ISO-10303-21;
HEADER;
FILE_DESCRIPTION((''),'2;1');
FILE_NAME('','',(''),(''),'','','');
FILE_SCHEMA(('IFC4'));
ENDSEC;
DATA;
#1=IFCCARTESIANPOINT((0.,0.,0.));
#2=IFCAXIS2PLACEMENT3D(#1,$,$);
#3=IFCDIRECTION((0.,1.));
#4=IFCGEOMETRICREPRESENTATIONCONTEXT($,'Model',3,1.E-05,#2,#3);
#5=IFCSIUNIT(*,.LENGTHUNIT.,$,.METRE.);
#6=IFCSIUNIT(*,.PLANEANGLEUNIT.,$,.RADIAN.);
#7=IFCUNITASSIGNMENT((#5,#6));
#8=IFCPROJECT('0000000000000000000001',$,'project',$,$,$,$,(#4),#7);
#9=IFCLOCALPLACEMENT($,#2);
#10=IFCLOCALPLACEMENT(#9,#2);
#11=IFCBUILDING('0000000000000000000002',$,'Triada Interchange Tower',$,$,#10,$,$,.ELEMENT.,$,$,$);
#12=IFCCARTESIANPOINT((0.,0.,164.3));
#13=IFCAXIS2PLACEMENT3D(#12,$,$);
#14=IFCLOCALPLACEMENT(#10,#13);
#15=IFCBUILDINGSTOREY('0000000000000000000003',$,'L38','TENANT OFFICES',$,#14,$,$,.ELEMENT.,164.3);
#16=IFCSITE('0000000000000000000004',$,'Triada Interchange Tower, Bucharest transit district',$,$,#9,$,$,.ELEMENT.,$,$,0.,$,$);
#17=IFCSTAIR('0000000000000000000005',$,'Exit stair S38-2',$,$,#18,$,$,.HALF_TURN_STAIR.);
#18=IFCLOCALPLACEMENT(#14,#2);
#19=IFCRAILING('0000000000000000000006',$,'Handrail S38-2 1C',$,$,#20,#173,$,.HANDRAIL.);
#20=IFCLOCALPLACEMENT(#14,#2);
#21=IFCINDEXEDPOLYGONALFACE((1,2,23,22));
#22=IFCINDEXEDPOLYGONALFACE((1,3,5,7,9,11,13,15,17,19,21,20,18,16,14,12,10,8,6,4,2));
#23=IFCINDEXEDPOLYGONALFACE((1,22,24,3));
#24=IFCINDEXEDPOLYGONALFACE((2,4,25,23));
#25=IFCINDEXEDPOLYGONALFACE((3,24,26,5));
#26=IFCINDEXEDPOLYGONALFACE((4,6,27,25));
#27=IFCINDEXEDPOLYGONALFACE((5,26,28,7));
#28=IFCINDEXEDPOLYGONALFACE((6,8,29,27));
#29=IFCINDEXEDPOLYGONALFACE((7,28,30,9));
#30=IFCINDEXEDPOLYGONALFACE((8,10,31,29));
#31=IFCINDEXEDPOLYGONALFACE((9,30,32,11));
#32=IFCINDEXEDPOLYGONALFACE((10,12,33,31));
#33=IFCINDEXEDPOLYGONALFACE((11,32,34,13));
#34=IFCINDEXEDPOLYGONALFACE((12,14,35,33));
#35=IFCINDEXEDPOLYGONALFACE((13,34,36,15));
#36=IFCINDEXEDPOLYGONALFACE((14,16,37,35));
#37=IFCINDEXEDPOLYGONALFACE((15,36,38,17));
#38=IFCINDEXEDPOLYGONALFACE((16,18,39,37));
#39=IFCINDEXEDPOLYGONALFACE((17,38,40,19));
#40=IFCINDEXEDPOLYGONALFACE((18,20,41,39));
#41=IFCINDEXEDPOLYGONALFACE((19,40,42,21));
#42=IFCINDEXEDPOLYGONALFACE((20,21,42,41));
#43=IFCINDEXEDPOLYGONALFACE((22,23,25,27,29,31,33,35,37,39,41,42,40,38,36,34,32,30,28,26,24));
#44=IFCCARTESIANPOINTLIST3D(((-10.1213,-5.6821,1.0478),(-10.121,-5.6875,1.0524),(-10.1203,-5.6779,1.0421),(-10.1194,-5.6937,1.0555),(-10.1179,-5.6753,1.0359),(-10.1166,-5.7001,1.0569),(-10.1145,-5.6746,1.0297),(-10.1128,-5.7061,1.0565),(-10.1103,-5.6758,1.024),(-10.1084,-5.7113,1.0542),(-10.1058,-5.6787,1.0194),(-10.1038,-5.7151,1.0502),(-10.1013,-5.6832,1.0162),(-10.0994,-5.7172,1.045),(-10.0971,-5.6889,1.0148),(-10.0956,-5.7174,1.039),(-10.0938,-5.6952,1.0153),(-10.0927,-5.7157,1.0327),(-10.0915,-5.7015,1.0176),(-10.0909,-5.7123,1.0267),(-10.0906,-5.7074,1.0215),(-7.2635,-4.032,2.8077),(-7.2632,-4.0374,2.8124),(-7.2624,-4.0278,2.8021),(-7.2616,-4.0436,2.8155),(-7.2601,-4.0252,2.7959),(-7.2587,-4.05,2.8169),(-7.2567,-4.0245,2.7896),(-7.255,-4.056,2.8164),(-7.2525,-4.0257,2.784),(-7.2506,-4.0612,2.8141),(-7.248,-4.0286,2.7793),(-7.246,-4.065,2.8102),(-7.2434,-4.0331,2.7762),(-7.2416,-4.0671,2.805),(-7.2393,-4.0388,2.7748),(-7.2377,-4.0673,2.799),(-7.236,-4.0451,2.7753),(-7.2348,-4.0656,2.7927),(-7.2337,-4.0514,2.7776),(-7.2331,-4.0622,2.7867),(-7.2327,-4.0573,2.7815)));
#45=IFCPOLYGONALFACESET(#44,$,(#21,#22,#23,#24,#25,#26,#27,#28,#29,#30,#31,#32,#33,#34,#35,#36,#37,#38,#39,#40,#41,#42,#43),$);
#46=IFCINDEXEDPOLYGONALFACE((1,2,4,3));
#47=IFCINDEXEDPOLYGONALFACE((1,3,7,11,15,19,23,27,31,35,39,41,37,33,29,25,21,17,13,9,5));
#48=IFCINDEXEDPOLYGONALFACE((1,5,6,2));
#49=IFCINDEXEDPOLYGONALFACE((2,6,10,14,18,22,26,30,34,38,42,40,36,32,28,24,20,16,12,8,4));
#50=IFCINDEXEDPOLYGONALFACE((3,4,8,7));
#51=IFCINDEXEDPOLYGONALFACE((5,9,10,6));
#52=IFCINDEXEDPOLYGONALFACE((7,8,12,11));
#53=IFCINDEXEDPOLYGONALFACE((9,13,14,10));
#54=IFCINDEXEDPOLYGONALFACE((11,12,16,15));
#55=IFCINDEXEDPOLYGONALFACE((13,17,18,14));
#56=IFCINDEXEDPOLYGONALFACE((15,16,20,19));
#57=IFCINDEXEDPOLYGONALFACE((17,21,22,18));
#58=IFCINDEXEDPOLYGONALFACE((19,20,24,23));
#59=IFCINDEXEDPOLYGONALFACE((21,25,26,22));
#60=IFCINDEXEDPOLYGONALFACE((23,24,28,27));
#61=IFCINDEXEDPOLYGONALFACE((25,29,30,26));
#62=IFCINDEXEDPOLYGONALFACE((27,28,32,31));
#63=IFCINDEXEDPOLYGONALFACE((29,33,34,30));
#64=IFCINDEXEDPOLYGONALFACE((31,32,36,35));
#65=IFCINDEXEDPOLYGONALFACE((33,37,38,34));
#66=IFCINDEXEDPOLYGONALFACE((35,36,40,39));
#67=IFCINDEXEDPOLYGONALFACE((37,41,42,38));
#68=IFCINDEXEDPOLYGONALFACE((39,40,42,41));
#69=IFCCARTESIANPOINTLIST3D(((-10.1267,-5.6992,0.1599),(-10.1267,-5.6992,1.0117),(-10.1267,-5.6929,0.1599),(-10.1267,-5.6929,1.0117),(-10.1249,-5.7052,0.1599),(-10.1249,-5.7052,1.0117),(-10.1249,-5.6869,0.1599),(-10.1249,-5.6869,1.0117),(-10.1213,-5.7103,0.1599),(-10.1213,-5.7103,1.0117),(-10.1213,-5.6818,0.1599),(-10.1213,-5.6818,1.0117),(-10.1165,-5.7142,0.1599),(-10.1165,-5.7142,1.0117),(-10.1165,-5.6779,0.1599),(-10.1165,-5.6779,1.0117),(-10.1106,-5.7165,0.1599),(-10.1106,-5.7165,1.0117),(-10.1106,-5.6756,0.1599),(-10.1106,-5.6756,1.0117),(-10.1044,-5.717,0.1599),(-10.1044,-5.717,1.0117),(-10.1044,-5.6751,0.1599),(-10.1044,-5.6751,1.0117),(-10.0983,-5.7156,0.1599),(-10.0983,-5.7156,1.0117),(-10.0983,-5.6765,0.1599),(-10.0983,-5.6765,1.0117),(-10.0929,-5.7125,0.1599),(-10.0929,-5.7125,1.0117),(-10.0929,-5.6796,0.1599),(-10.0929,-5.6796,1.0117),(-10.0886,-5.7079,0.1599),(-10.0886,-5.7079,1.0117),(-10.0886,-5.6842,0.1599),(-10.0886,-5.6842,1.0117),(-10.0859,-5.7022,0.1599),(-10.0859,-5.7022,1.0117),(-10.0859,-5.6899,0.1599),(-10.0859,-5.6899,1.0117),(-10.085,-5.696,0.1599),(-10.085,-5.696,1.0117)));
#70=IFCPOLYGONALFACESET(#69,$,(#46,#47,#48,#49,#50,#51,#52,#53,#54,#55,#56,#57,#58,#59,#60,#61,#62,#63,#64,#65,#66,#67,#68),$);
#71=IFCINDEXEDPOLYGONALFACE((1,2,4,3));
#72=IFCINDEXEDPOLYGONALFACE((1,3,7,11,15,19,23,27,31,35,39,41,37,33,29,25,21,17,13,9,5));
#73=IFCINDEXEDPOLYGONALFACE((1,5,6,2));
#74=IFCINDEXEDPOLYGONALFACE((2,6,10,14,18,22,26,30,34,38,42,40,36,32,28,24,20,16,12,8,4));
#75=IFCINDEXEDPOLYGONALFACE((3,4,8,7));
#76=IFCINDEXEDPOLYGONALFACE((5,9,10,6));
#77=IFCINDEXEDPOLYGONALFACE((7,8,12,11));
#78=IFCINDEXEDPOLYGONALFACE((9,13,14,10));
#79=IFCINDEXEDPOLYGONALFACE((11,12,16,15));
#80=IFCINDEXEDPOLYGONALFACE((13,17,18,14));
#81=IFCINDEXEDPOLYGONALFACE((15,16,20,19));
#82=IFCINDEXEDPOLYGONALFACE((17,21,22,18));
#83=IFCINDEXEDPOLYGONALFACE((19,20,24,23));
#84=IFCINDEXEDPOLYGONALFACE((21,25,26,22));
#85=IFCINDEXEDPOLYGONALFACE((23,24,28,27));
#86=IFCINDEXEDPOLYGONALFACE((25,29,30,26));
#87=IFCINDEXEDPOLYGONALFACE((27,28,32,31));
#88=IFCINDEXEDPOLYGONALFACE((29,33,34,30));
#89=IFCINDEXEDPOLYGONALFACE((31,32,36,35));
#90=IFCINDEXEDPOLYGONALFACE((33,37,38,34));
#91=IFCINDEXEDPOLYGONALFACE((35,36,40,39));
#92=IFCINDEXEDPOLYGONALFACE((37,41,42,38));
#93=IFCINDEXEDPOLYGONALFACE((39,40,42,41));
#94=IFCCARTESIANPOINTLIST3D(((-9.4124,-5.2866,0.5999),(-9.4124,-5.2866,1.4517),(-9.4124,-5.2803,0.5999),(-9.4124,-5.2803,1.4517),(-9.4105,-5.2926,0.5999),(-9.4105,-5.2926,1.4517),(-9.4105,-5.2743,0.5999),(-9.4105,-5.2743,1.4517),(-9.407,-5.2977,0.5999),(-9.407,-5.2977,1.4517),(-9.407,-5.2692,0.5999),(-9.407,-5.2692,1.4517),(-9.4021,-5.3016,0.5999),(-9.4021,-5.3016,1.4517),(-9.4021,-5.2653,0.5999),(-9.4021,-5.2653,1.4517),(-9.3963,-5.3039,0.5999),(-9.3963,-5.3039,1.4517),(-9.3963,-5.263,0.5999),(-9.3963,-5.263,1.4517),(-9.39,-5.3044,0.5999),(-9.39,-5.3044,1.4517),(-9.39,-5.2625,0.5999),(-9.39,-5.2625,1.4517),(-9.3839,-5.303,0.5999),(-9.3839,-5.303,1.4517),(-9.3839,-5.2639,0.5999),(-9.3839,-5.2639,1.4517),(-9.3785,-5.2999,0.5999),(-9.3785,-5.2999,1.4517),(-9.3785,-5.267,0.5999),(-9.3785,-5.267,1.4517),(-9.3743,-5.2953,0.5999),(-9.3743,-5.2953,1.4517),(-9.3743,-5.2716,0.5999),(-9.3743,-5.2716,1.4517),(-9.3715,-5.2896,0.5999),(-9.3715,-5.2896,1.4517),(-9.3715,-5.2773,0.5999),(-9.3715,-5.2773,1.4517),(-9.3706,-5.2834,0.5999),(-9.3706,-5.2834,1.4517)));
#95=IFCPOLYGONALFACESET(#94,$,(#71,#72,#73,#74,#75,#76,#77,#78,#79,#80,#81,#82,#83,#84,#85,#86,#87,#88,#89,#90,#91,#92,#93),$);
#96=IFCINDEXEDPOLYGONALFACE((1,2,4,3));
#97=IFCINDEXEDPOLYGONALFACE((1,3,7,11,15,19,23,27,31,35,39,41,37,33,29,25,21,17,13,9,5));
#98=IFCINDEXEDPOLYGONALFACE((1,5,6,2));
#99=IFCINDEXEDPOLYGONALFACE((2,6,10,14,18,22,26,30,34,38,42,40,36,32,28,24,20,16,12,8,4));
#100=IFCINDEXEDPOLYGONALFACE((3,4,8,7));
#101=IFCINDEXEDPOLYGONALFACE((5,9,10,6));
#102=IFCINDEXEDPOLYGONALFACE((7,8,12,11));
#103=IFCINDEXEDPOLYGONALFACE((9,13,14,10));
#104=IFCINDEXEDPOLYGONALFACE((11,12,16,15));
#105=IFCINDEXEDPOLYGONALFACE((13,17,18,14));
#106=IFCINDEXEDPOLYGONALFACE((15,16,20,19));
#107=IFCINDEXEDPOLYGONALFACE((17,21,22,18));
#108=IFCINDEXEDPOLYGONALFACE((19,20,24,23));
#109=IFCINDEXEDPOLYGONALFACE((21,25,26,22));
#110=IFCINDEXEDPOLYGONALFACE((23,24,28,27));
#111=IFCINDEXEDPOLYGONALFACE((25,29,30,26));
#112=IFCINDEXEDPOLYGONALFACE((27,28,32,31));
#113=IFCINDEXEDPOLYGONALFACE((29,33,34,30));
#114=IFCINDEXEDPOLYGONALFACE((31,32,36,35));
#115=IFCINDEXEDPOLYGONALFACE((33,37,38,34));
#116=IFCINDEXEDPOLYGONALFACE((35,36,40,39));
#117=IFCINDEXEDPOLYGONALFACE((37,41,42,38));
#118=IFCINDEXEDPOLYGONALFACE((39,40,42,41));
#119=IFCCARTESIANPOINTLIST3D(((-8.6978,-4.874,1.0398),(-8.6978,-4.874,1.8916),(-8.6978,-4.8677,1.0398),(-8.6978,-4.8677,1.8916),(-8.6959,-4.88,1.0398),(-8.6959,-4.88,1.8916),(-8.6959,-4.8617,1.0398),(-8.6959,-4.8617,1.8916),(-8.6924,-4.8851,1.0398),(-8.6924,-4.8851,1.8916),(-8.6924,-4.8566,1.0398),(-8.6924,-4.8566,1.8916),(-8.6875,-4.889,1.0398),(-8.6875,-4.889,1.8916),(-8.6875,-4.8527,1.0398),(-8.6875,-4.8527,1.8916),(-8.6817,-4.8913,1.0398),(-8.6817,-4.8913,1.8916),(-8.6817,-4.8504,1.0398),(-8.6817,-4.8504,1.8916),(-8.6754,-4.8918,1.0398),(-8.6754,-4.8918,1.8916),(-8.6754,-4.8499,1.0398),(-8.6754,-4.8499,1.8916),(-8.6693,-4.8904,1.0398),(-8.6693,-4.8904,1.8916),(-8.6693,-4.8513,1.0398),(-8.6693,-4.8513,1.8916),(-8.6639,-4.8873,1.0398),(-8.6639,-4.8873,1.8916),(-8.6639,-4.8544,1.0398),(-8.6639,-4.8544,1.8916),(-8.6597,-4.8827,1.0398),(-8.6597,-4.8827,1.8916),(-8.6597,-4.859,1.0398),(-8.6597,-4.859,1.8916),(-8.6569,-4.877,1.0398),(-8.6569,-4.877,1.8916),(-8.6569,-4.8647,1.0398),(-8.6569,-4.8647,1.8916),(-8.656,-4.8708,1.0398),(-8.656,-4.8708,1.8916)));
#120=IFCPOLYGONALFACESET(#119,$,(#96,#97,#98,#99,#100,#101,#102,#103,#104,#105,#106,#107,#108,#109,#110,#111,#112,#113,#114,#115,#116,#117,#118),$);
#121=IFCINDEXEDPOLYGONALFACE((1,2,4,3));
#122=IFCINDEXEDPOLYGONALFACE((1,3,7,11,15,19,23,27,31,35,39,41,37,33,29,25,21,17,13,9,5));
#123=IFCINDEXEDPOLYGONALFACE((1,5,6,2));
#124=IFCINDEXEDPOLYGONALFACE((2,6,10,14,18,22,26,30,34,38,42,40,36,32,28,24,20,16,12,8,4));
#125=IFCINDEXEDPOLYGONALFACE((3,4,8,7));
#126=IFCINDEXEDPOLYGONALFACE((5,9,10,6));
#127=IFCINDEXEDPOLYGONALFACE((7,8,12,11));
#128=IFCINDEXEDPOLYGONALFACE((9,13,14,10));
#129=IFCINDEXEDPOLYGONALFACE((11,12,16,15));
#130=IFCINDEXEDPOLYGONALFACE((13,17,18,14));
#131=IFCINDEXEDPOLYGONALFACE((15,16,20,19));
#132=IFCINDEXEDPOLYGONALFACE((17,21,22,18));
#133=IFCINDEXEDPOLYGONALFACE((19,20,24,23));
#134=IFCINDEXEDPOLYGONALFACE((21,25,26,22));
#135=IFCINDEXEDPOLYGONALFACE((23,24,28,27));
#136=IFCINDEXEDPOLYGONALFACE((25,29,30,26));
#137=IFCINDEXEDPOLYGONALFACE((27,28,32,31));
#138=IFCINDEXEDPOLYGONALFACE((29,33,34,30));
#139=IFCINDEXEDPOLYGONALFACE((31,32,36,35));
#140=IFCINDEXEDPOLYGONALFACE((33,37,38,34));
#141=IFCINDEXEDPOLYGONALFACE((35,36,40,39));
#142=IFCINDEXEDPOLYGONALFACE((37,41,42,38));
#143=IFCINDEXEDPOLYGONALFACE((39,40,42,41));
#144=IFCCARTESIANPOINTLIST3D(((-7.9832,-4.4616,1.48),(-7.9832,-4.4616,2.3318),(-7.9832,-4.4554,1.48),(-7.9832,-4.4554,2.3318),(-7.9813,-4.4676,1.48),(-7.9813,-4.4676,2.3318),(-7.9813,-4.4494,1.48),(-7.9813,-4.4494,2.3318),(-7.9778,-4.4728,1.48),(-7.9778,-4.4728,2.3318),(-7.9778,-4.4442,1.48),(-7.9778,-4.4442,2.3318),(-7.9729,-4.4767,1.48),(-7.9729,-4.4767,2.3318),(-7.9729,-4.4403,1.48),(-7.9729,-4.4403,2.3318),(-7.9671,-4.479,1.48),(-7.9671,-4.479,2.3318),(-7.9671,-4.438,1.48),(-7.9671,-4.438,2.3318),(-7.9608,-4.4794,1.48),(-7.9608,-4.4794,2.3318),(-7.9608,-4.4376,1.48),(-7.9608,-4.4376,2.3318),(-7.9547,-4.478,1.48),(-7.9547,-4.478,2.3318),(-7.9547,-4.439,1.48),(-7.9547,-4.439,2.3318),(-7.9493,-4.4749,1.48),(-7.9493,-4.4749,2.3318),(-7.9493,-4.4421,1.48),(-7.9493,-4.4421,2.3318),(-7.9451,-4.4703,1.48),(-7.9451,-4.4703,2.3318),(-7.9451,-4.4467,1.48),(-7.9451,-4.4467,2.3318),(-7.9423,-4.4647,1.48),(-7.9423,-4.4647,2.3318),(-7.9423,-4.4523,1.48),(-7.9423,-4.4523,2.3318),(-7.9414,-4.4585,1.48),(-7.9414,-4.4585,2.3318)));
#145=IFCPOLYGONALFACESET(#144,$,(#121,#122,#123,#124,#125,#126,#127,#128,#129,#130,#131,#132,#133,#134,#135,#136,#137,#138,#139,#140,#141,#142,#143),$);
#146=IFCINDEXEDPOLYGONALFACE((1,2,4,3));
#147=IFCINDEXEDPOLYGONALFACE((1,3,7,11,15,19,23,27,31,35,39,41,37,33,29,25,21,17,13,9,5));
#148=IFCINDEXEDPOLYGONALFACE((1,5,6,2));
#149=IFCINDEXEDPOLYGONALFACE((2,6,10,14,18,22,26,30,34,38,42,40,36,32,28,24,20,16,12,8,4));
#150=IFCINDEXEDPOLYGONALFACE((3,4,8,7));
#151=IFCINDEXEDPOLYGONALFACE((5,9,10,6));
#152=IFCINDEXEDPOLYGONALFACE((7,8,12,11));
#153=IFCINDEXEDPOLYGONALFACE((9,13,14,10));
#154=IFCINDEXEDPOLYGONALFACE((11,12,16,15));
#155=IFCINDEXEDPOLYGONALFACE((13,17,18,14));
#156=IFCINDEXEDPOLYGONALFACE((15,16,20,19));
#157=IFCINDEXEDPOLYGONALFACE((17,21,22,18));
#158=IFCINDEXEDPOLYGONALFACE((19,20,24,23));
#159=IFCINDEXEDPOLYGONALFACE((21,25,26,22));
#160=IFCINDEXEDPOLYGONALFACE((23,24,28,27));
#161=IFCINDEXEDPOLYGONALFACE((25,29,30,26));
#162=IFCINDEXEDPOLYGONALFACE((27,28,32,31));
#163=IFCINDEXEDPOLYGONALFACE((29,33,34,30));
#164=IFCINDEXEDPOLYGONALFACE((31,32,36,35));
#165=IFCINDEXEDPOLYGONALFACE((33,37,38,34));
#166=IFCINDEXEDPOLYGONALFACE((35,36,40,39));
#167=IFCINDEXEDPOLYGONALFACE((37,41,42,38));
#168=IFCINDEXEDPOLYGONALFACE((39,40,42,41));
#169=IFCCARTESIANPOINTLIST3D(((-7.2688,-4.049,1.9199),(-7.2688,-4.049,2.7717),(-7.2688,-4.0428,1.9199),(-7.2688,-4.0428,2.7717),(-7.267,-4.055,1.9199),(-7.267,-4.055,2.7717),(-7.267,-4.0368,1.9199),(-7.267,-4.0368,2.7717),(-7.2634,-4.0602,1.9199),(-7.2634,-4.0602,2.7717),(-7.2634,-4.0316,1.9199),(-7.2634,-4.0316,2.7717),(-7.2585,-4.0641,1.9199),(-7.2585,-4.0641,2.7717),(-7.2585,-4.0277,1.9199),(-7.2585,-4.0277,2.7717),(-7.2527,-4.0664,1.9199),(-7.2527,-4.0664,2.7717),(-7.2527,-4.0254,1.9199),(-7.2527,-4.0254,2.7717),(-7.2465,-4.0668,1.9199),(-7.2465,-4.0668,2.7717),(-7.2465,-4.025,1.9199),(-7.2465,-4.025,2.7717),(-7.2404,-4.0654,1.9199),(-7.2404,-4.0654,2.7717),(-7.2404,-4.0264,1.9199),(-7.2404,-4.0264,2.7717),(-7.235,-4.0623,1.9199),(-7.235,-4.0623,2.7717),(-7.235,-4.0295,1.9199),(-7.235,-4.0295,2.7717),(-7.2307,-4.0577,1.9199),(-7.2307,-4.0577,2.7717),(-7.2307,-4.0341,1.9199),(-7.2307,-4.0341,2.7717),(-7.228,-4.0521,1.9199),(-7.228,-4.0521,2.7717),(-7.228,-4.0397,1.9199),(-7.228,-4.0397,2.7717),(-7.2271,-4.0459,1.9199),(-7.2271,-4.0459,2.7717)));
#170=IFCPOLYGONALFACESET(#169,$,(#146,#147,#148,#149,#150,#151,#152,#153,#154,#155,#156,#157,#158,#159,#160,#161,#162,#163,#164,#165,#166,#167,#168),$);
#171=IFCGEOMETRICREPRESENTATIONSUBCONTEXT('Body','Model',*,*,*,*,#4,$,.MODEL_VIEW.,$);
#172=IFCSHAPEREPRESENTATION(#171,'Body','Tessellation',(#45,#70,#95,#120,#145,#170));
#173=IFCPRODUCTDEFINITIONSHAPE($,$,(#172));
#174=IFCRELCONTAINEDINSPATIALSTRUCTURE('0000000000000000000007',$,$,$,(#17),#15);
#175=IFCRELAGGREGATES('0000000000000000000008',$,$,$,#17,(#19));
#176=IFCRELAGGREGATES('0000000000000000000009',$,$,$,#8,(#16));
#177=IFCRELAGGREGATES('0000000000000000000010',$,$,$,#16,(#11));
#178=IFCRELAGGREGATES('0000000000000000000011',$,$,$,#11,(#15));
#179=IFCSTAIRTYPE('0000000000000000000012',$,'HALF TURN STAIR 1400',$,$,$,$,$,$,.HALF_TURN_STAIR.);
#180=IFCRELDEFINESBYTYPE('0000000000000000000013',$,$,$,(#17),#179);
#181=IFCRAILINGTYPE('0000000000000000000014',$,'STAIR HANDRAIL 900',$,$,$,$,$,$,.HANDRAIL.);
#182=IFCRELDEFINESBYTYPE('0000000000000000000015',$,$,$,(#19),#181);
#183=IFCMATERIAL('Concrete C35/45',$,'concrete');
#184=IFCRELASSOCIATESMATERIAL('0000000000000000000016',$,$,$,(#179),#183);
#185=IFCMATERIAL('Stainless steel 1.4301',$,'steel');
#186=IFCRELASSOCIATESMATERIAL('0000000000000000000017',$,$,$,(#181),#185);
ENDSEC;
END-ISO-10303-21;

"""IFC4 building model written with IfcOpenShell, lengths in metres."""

from ifc_helpers import new_model, si_unit, direction, frame, origin, origin_2d, place, context, subcontext, project, spatial, circle, extrude, material, type_object, element, aggregate, save


model = new_model("IFC4")

# Units and contexts
model_context = context("Model", 3, precision=1e-05, world=origin(), true_north=direction((0.0, 1.0)))
body_context = subcontext(model_context, "Body", "Model", "MODEL_VIEW")
ifc_project = project(units=[si_unit("LENGTHUNIT", "METRE"), si_unit("PLANEANGLEUNIT", "RADIAN")], contexts=[model_context])

# Site, building, storey
site_placement = place(None, origin())
site = spatial("IfcSite", under=ifc_project, at=site_placement, Name="Triada Interchange Tower, Bucharest transit district", CompositionType="ELEMENT", RefElevation=0.0)
building_placement = place(site_placement, origin())
building = spatial("IfcBuilding", under=site, at=building_placement, Name="Triada Interchange Tower", CompositionType="ELEMENT")
storey_placement = place(building_placement, frame((0.0, 0.0, 164.3)))
storey = spatial("IfcBuildingStorey", under=building, at=storey_placement, Name="L38", Description="TENANT OFFICES", CompositionType="ELEMENT", Elevation=164.3)

# Stair, railing
ifc_material_1 = material(Name="Concrete C35/45", Category="concrete")
stair_type = type_object("IfcStairType", Name="HALF TURN STAIR 1400", PredefinedType="HALF_TURN_STAIR", material=ifc_material_1)
stair_placement = place(storey_placement, origin())
stair = element("IfcStair", 1, at=stair_placement, inside=storey, type_object=stair_type, Name="Exit stair S38-2", PredefinedType="HALF_TURN_STAIR")
ifc_material_2 = material(Name="Stainless steel 1.4301", Category="steel")
railing_type = type_object("IfcRailingType", Name="STAIR HANDRAIL 900", PredefinedType="HANDRAIL", material=ifc_material_2)
railing_1_placement = place(storey_placement, frame((-10.106, -5.696, 0.1599)))
railing_1 = element("IfcRailing", 2, at=railing_1_placement, type_object=railing_type, Name="Handrail S38-2 1C", PredefinedType="HANDRAIL", context=body_context, shape_type="SweptSolid", body=[
    extrude(circle(Radius=0.0239, at=origin_2d()), frame((0.0, 0.0, 0.876), z_axis=(0.764129, 0.441205, 0.47058), x_axis=(-0.50003, 0.866008, 0.0)), (0.0, 0.0, 1.0), 3.74),
    extrude(circle(Radius=0.021, at=origin_2d()), origin(), (0.0, 0.0, 1.0), 0.8518),
    extrude(circle(Radius=0.021, at=origin_2d()), frame((0.7144, 0.4126, 0.4399)), (0.0, 0.0, 1.0), 0.8518),
    extrude(circle(Radius=0.021, at=origin_2d()), frame((1.429, 0.8252, 0.8799)), (0.0, 0.0, 1.0), 0.8518),
    extrude(circle(Radius=0.021, at=origin_2d()), frame((2.1436, 1.2375, 1.3201)), (0.0, 0.0, 1.0), 0.8518),
    extrude(circle(Radius=0.021, at=origin_2d()), frame((2.8579, 1.6501, 1.76)), (0.0, 0.0, 1.0), 0.8518),
])
aggregate(stair, [railing_1])

save(model, "model.ifc")
